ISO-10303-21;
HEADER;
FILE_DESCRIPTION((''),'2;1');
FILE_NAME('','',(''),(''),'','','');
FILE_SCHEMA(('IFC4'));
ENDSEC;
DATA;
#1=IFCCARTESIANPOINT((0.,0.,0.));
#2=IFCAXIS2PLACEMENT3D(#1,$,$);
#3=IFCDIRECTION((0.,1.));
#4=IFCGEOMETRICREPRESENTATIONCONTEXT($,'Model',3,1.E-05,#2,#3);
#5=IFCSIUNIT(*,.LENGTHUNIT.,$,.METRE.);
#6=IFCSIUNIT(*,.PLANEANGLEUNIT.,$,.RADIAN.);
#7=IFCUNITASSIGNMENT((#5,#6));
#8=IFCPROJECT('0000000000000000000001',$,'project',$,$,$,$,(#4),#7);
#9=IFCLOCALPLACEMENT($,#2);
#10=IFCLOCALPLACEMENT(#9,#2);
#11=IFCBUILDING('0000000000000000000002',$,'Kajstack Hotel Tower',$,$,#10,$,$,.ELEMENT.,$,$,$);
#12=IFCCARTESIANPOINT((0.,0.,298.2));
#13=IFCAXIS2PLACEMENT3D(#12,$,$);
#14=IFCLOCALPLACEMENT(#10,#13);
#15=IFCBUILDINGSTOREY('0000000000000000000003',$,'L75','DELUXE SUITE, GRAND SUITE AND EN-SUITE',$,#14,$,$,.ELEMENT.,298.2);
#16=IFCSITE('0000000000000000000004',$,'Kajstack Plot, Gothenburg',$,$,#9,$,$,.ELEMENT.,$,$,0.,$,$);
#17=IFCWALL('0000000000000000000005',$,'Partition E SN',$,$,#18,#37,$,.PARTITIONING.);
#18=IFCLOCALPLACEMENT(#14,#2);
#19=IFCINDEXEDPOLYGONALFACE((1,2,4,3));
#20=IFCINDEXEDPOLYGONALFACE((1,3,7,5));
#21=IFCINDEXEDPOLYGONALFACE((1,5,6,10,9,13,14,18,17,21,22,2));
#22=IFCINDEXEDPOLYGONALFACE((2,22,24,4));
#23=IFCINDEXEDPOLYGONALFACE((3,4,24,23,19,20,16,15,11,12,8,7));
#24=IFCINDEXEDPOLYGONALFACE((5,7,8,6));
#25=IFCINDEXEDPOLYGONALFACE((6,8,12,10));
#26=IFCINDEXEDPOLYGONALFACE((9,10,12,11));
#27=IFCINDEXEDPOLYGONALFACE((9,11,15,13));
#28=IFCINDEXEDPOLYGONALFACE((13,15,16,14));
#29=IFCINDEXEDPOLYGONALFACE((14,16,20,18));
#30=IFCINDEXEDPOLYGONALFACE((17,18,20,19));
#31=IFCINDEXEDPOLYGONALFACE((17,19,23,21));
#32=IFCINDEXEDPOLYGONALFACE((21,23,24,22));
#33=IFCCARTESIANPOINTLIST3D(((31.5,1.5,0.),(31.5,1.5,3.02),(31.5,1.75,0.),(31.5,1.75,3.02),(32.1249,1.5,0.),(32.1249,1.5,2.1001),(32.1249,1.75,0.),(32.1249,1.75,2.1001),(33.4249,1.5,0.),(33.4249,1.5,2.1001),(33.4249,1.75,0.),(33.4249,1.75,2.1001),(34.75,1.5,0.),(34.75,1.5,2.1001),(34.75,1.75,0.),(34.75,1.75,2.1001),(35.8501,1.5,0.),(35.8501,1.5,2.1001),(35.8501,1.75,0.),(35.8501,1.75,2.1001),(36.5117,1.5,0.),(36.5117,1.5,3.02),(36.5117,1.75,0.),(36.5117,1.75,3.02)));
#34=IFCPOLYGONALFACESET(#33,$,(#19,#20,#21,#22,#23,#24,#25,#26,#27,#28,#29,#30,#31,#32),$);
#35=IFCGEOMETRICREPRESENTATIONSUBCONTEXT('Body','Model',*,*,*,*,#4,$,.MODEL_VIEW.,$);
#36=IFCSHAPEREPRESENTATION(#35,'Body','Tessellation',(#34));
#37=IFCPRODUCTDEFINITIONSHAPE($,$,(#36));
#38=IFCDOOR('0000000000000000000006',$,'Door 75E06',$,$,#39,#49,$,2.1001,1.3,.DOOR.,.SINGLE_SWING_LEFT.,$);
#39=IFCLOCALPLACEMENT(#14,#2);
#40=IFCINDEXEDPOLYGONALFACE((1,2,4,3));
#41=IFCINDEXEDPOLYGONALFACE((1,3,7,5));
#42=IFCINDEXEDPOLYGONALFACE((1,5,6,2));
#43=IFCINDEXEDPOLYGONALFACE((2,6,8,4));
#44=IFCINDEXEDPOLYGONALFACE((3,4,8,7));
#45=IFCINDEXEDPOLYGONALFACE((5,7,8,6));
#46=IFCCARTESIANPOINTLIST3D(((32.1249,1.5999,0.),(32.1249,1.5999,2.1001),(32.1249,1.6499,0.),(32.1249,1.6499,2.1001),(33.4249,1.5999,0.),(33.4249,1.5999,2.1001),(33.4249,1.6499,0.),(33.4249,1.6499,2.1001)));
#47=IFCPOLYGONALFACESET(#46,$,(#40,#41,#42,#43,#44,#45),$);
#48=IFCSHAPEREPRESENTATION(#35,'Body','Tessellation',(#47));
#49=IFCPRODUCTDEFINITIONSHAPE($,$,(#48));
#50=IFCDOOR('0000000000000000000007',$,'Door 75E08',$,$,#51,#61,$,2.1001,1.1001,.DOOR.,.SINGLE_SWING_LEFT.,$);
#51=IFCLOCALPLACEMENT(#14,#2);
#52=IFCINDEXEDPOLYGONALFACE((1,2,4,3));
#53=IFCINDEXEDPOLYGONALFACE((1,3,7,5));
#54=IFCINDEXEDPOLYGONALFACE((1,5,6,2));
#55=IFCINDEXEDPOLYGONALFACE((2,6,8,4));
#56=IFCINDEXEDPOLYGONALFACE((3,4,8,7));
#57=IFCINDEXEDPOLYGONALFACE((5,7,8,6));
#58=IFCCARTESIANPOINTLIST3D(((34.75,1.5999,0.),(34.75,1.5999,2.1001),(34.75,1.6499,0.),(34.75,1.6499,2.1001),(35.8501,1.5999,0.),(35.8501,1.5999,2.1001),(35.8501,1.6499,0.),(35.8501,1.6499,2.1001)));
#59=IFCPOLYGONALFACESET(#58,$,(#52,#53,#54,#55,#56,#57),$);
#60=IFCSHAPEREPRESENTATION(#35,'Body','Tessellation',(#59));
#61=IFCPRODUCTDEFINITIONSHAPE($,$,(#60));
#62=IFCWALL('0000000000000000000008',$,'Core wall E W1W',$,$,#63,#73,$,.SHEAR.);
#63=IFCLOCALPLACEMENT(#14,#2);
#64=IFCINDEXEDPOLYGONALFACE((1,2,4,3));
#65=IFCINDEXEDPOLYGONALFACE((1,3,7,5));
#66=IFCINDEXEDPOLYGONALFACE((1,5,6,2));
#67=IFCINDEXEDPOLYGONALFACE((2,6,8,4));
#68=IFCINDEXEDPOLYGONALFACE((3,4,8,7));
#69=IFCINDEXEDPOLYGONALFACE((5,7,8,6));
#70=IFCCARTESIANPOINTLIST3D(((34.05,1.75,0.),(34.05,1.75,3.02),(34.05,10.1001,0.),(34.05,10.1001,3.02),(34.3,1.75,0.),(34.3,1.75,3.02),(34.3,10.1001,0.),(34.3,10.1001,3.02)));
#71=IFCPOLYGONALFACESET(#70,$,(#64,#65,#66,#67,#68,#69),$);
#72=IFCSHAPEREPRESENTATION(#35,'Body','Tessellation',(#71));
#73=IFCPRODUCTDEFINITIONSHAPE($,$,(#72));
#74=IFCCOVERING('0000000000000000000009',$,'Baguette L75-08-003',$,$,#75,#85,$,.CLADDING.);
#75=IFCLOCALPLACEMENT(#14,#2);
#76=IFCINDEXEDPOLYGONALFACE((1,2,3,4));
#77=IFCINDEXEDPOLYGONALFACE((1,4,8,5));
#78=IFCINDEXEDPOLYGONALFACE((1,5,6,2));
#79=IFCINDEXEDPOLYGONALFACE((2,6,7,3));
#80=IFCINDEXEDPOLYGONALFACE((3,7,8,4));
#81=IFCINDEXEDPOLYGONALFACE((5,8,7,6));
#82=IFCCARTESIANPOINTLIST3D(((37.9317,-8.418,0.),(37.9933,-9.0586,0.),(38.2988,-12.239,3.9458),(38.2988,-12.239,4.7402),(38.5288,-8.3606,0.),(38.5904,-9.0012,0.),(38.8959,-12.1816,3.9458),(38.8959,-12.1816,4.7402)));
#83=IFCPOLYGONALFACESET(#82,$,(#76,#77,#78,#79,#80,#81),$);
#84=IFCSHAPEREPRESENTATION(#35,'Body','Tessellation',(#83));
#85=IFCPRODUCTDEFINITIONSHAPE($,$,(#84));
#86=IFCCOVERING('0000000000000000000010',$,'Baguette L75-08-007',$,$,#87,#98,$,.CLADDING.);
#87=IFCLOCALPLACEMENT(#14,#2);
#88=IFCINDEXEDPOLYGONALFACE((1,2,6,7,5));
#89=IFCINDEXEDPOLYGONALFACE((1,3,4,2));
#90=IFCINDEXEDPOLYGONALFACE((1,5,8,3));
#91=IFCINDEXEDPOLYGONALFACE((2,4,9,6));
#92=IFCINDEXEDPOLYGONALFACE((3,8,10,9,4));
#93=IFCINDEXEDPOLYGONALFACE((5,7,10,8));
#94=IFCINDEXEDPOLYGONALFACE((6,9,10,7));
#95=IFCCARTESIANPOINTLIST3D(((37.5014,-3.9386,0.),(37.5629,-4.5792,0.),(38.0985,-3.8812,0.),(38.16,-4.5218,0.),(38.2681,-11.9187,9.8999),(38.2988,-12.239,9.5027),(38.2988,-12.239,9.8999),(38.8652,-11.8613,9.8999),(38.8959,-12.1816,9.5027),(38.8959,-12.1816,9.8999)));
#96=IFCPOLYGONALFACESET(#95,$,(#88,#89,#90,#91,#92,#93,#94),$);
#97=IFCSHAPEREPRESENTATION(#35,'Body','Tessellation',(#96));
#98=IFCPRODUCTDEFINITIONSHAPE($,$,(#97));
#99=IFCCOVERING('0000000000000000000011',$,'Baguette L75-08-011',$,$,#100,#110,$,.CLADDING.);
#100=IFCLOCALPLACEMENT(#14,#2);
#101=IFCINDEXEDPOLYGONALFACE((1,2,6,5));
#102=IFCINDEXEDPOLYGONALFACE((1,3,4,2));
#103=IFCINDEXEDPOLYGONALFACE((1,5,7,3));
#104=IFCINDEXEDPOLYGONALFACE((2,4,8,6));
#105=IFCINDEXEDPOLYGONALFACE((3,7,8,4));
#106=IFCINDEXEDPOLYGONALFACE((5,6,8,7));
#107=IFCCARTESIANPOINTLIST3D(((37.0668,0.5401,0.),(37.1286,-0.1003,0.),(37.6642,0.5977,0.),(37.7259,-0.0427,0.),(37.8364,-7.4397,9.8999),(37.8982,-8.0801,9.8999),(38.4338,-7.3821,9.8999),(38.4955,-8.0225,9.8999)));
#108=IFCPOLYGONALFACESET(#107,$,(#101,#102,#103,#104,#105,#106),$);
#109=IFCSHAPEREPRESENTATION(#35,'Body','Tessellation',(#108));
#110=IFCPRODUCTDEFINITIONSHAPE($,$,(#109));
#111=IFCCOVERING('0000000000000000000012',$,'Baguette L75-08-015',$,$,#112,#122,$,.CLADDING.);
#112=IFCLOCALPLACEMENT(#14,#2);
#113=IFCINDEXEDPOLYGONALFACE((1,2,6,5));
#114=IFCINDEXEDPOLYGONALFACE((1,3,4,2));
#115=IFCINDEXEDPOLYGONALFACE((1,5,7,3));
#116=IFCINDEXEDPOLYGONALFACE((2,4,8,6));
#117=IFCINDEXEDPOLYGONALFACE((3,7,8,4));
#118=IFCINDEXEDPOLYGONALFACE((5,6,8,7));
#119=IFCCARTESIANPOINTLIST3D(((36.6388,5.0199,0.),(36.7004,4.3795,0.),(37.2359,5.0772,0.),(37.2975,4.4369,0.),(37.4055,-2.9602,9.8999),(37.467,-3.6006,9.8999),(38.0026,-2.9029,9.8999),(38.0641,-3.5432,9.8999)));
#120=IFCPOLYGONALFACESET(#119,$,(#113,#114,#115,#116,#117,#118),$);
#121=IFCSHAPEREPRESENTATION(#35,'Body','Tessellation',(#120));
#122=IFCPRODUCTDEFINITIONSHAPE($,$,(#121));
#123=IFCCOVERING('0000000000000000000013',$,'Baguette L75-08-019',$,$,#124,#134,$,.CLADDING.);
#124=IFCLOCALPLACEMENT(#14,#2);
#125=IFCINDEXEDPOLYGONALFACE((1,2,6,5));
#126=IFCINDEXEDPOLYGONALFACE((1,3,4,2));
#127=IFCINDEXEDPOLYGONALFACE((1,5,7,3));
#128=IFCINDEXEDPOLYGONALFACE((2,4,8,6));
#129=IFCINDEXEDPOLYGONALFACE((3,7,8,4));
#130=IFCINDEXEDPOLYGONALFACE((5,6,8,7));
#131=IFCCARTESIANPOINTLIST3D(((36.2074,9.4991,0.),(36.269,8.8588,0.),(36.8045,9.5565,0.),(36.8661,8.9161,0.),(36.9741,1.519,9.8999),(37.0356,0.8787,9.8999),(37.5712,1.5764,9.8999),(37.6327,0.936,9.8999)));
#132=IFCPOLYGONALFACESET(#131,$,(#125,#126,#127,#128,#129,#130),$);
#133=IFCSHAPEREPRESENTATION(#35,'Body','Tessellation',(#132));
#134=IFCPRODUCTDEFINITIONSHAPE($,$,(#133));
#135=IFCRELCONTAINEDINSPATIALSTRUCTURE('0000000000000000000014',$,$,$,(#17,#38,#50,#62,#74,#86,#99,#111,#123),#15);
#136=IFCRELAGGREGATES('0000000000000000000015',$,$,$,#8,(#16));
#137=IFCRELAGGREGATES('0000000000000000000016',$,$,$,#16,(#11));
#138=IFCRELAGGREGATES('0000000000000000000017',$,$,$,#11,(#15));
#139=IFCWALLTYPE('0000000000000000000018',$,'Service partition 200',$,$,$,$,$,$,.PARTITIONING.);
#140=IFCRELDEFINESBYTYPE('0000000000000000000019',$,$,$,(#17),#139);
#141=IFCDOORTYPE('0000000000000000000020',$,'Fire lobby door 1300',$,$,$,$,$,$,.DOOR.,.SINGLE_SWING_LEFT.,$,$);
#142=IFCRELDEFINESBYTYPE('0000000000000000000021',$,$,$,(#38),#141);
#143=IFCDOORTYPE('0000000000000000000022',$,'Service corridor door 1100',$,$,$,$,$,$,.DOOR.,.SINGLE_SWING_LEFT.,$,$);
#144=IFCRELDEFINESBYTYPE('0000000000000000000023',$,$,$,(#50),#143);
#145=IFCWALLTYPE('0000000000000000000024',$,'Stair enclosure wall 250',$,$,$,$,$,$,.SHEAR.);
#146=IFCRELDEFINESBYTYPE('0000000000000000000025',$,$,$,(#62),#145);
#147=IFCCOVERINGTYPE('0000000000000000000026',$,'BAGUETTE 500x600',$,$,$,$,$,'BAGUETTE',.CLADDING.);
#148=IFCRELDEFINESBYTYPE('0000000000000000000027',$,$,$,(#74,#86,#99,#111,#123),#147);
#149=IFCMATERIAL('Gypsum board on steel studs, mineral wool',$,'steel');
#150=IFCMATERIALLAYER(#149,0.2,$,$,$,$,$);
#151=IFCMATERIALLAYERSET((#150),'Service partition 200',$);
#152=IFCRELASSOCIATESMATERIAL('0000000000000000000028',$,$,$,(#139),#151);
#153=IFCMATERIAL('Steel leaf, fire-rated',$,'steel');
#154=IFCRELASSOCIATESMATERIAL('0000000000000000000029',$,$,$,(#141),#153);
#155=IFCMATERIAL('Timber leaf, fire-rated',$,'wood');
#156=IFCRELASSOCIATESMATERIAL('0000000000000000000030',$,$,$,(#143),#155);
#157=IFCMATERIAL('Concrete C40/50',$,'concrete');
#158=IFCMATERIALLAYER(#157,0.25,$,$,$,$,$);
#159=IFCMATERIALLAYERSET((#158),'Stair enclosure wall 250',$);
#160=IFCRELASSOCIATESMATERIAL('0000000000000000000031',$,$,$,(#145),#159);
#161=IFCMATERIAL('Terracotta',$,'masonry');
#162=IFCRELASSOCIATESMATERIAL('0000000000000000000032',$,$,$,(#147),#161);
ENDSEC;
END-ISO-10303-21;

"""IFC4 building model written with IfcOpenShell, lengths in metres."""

from ifc_helpers import new_model, si_unit, direction, frame, frame_2d, origin, origin_2d, place, context, subcontext, project, spatial, polyline, rectangle, outline, extrude, material, layer, layer_set, material_profile, profile_set, type_object, element, fill, save


model = new_model("IFC4")

# Units and contexts
model_context = context("Model", 3, precision=1e-05, world=origin(), true_north=direction((0.0, 1.0)))
body_context = subcontext(model_context, "Body", "Model", "MODEL_VIEW")
ifc_project = project(units=[si_unit("LENGTHUNIT", "METRE"), si_unit("PLANEANGLEUNIT", "RADIAN")], contexts=[model_context])

# Site, building, storey
site_placement = place(None, origin())
site = spatial("IfcSite", under=ifc_project, at=site_placement, Name="Kajstack Plot, Gothenburg", CompositionType="ELEMENT", RefElevation=0.0)
building_placement = place(site_placement, origin())
building = spatial("IfcBuilding", under=site, at=building_placement, Name="Kajstack Hotel Tower", CompositionType="ELEMENT")
storey_placement = place(building_placement, frame((0.0, 0.0, 298.2)))
storey = spatial("IfcBuildingStorey", under=building, at=storey_placement, Name="L75", Description="DELUXE SUITE, GRAND SUITE AND EN-SUITE", CompositionType="ELEMENT", Elevation=298.2)

# Shared definitions
ifc_material_1 = material(Name="Concrete C40/50", Category="concrete")

# Wall, openings, doors
ifc_material_2 = material(Name="Gypsum board on steel studs, mineral wool", Category="steel")
ifc_layer_1 = layer(ifc_material_2, 0.2)
ifc_layer_set_1 = layer_set([ifc_layer_1], Name="Service partition 200")
wall_type_1 = type_object("IfcWallType", Name="Service partition 200", PredefinedType="PARTITIONING", material=ifc_layer_set_1)
wall_1_placement = place(storey_placement, frame((31.5, 1.625, 0.0), z_axis=(0.0, 0.0, 1.0), x_axis=(1.0, 0.0, 0.0)))
wall_1 = element("IfcWall", 1, at=wall_1_placement, inside=storey, type_object=wall_type_1, Name="Partition E SN", PredefinedType="PARTITIONING", context=body_context, shape_type="SweptSolid", body=[
    extrude(rectangle(XDim=5.0117, YDim=0.25, at=frame_2d((2.5059, 0.0))), origin(), (0.0, 0.0, 1.0), 3.02),
])
opening_1_placement = place(wall_1_placement, frame((0.625, 0.0, 0.0)))
opening_1 = element("IfcOpeningElement", 2, at=opening_1_placement, cuts=wall_1, PredefinedType="OPENING", context=body_context, shape_type="SweptSolid", body=[
    extrude(rectangle(XDim=1.3, YDim=2.1001, at=frame_2d((0.6499, 1.05))), frame((0.0, 0.135, 0.0), z_axis=(0.0, -1.0, 0.0), x_axis=(1.0, 0.0, 0.0)), (0.0, 0.0, 1.0), 0.27),
])
opening_2_placement = place(wall_1_placement, frame((3.25, 0.0, 0.0)))
opening_2 = element("IfcOpeningElement", 3, at=opening_2_placement, cuts=wall_1, PredefinedType="OPENING", context=body_context, shape_type="SweptSolid", body=[
    extrude(rectangle(XDim=1.1001, YDim=2.1001, at=frame_2d((0.55, 1.05))), frame((0.0, 0.135, 0.0), z_axis=(0.0, -1.0, 0.0), x_axis=(1.0, 0.0, 0.0)), (0.0, 0.0, 1.0), 0.27),
])
ifc_material_3 = material(Name="Steel leaf, fire-rated", Category="steel")
door_type_1 = type_object("IfcDoorType", Name="Fire lobby door 1300", OperationType="SINGLE_SWING_LEFT", PredefinedType="DOOR", material=ifc_material_3)
door_1_placement = place(opening_1_placement, origin())
door_1 = element("IfcDoor", 4, at=door_1_placement, inside=storey, type_object=door_type_1, Name="Door 75E06", OperationType="SINGLE_SWING_LEFT", OverallHeight=2.1001, OverallWidth=1.3, PredefinedType="DOOR", context=body_context, shape_type="SweptSolid", body=[
    extrude(rectangle(XDim=1.3, YDim=2.1001, at=frame_2d((0.6499, 1.05))), frame((0.0, 0.0249, 0.0), z_axis=(0.0, -1.0, 0.0), x_axis=(1.0, 0.0, 0.0)), (0.0, 0.0, 1.0), 0.05),
])
fill(opening_1, door_1)
ifc_material_4 = material(Name="Timber leaf, fire-rated", Category="wood")
door_type_2 = type_object("IfcDoorType", Name="Service corridor door 1100", OperationType="SINGLE_SWING_LEFT", PredefinedType="DOOR", material=ifc_material_4)
door_2_placement = place(opening_2_placement, origin())
door_2 = element("IfcDoor", 5, at=door_2_placement, inside=storey, type_object=door_type_2, Name="Door 75E08", OperationType="SINGLE_SWING_LEFT", OverallHeight=2.1001, OverallWidth=1.1001, PredefinedType="DOOR", context=body_context, shape_type="SweptSolid", body=[
    extrude(rectangle(XDim=1.1001, YDim=2.1001, at=frame_2d((0.55, 1.05))), frame((0.0, 0.0249, 0.0), z_axis=(0.0, -1.0, 0.0), x_axis=(1.0, 0.0, 0.0)), (0.0, 0.0, 1.0), 0.05),
])
fill(opening_2, door_2)

# Wall
ifc_layer_2 = layer(ifc_material_1, 0.25)
ifc_layer_set_2 = layer_set([ifc_layer_2], Name="Stair enclosure wall 250")
wall_type_2 = type_object("IfcWallType", Name="Stair enclosure wall 250", PredefinedType="SHEAR", material=ifc_layer_set_2)
wall_2_placement = place(storey_placement, frame((34.175, 1.75, 0.0), z_axis=(0.0, 0.0, 1.0), x_axis=(0.0, 1.0, 0.0)))
element("IfcWall", 6, at=wall_2_placement, inside=storey, type_object=wall_type_2, Name="Core wall E W1W", PredefinedType="SHEAR", context=body_context, shape_type="SweptSolid", body=[
    extrude(rectangle(XDim=8.3501, YDim=0.25, at=frame_2d((4.175, 0.0))), origin(), (0.0, 0.0, 1.0), 3.02),
])

# Coverings
ifc_material_5 = material(Name="Terracotta", Category="masonry")
ifc_material_profile = material_profile(ifc_material_5, rectangle(XDim=0.6001, YDim=0.5, at=origin_2d()), Name="Terracotta-clad concrete baguette 500 x 600")
ifc_profile_set = profile_set([ifc_material_profile], Name="Terracotta")
covering_type = type_object("IfcCoveringType", Name="BAGUETTE 500x600", ElementType="BAGUETTE", PredefinedType="CLADDING", material=ifc_profile_set)
covering_1_placement = place(storey_placement, frame((38.2988, -12.239, 0.0), z_axis=(0.995416, 0.095635, 0.0), x_axis=(-0.095635, 0.995416, 0.0)))
element("IfcCovering", 7, at=covering_1_placement, inside=storey, type_object=covering_type, Name="Baguette L75-08-003", PredefinedType="CLADDING", context=body_context, shape_type="SweptSolid", body=[
    extrude(outline(polyline([(3.8386, 0.0), (0.0, 4.7402), (0.0, 3.9458), (3.1951, 0.0), (3.8386, 0.0)])), origin(), (0.0, 0.0, 1.0), 0.5999),
])
covering_2_placement = place(storey_placement, frame((38.2988, -12.239, 0.0), z_axis=(0.995416, 0.095635, 0.0), x_axis=(-0.095635, 0.995416, 0.0)))
element("IfcCovering", 8, at=covering_2_placement, inside=storey, type_object=covering_type, Name="Baguette L75-08-007", PredefinedType="CLADDING", context=body_context, shape_type="SweptSolid", body=[
    extrude(outline(polyline([(0.3218, 9.8999), (0.0, 9.8999), (0.0, 9.5027), (7.6951, 0.0), (8.3386, 0.0), (0.3218, 9.8999)])), origin(), (0.0, 0.0, 1.0), 0.5999),
])
covering_3_placement = place(storey_placement, frame((37.8982, -8.0801, 0.0), z_axis=(0.995381, 0.095999, 0.0), x_axis=(-0.095999, 0.995381, 0.0)))
element("IfcCovering", 9, at=covering_3_placement, inside=storey, type_object=covering_type, Name="Baguette L75-08-011", PredefinedType="CLADDING", context=body_context, shape_type="SweptSolid", body=[
    extrude(outline(polyline([(0.0, 9.8999), (8.0168, 0.0), (8.6602, 0.0), (0.6433, 9.8999), (0.0, 9.8999)])), origin(), (0.0, 0.0, 1.0), 0.6001),
])
for number, where, z_axis, x_axis, name in (
    (10, (37.467, -3.6006, 0.0), (0.995416, 0.095635, 0.0), (-0.095635, 0.995416, 0.0), "Baguette L75-08-015"),
    (11, (37.0356, 0.8787, 0.0), (0.995416, 0.095635, 0.0), (-0.095635, 0.995416, 0.0), "Baguette L75-08-019"),
):
    element("IfcCovering", number, at=place(storey_placement, frame(where, z_axis=z_axis, x_axis=x_axis)), inside=storey, type_object=covering_type, Name=name, PredefinedType="CLADDING", context=body_context, shape_type="SweptSolid", body=[
        extrude(outline(polyline([(0.0, 9.8999), (8.0168, 0.0), (8.6602, 0.0), (0.6433, 9.8999), (0.0, 9.8999)])), origin(), (0.0, 0.0, 1.0), 0.5999),
    ])

save(model, "model.ifc")
